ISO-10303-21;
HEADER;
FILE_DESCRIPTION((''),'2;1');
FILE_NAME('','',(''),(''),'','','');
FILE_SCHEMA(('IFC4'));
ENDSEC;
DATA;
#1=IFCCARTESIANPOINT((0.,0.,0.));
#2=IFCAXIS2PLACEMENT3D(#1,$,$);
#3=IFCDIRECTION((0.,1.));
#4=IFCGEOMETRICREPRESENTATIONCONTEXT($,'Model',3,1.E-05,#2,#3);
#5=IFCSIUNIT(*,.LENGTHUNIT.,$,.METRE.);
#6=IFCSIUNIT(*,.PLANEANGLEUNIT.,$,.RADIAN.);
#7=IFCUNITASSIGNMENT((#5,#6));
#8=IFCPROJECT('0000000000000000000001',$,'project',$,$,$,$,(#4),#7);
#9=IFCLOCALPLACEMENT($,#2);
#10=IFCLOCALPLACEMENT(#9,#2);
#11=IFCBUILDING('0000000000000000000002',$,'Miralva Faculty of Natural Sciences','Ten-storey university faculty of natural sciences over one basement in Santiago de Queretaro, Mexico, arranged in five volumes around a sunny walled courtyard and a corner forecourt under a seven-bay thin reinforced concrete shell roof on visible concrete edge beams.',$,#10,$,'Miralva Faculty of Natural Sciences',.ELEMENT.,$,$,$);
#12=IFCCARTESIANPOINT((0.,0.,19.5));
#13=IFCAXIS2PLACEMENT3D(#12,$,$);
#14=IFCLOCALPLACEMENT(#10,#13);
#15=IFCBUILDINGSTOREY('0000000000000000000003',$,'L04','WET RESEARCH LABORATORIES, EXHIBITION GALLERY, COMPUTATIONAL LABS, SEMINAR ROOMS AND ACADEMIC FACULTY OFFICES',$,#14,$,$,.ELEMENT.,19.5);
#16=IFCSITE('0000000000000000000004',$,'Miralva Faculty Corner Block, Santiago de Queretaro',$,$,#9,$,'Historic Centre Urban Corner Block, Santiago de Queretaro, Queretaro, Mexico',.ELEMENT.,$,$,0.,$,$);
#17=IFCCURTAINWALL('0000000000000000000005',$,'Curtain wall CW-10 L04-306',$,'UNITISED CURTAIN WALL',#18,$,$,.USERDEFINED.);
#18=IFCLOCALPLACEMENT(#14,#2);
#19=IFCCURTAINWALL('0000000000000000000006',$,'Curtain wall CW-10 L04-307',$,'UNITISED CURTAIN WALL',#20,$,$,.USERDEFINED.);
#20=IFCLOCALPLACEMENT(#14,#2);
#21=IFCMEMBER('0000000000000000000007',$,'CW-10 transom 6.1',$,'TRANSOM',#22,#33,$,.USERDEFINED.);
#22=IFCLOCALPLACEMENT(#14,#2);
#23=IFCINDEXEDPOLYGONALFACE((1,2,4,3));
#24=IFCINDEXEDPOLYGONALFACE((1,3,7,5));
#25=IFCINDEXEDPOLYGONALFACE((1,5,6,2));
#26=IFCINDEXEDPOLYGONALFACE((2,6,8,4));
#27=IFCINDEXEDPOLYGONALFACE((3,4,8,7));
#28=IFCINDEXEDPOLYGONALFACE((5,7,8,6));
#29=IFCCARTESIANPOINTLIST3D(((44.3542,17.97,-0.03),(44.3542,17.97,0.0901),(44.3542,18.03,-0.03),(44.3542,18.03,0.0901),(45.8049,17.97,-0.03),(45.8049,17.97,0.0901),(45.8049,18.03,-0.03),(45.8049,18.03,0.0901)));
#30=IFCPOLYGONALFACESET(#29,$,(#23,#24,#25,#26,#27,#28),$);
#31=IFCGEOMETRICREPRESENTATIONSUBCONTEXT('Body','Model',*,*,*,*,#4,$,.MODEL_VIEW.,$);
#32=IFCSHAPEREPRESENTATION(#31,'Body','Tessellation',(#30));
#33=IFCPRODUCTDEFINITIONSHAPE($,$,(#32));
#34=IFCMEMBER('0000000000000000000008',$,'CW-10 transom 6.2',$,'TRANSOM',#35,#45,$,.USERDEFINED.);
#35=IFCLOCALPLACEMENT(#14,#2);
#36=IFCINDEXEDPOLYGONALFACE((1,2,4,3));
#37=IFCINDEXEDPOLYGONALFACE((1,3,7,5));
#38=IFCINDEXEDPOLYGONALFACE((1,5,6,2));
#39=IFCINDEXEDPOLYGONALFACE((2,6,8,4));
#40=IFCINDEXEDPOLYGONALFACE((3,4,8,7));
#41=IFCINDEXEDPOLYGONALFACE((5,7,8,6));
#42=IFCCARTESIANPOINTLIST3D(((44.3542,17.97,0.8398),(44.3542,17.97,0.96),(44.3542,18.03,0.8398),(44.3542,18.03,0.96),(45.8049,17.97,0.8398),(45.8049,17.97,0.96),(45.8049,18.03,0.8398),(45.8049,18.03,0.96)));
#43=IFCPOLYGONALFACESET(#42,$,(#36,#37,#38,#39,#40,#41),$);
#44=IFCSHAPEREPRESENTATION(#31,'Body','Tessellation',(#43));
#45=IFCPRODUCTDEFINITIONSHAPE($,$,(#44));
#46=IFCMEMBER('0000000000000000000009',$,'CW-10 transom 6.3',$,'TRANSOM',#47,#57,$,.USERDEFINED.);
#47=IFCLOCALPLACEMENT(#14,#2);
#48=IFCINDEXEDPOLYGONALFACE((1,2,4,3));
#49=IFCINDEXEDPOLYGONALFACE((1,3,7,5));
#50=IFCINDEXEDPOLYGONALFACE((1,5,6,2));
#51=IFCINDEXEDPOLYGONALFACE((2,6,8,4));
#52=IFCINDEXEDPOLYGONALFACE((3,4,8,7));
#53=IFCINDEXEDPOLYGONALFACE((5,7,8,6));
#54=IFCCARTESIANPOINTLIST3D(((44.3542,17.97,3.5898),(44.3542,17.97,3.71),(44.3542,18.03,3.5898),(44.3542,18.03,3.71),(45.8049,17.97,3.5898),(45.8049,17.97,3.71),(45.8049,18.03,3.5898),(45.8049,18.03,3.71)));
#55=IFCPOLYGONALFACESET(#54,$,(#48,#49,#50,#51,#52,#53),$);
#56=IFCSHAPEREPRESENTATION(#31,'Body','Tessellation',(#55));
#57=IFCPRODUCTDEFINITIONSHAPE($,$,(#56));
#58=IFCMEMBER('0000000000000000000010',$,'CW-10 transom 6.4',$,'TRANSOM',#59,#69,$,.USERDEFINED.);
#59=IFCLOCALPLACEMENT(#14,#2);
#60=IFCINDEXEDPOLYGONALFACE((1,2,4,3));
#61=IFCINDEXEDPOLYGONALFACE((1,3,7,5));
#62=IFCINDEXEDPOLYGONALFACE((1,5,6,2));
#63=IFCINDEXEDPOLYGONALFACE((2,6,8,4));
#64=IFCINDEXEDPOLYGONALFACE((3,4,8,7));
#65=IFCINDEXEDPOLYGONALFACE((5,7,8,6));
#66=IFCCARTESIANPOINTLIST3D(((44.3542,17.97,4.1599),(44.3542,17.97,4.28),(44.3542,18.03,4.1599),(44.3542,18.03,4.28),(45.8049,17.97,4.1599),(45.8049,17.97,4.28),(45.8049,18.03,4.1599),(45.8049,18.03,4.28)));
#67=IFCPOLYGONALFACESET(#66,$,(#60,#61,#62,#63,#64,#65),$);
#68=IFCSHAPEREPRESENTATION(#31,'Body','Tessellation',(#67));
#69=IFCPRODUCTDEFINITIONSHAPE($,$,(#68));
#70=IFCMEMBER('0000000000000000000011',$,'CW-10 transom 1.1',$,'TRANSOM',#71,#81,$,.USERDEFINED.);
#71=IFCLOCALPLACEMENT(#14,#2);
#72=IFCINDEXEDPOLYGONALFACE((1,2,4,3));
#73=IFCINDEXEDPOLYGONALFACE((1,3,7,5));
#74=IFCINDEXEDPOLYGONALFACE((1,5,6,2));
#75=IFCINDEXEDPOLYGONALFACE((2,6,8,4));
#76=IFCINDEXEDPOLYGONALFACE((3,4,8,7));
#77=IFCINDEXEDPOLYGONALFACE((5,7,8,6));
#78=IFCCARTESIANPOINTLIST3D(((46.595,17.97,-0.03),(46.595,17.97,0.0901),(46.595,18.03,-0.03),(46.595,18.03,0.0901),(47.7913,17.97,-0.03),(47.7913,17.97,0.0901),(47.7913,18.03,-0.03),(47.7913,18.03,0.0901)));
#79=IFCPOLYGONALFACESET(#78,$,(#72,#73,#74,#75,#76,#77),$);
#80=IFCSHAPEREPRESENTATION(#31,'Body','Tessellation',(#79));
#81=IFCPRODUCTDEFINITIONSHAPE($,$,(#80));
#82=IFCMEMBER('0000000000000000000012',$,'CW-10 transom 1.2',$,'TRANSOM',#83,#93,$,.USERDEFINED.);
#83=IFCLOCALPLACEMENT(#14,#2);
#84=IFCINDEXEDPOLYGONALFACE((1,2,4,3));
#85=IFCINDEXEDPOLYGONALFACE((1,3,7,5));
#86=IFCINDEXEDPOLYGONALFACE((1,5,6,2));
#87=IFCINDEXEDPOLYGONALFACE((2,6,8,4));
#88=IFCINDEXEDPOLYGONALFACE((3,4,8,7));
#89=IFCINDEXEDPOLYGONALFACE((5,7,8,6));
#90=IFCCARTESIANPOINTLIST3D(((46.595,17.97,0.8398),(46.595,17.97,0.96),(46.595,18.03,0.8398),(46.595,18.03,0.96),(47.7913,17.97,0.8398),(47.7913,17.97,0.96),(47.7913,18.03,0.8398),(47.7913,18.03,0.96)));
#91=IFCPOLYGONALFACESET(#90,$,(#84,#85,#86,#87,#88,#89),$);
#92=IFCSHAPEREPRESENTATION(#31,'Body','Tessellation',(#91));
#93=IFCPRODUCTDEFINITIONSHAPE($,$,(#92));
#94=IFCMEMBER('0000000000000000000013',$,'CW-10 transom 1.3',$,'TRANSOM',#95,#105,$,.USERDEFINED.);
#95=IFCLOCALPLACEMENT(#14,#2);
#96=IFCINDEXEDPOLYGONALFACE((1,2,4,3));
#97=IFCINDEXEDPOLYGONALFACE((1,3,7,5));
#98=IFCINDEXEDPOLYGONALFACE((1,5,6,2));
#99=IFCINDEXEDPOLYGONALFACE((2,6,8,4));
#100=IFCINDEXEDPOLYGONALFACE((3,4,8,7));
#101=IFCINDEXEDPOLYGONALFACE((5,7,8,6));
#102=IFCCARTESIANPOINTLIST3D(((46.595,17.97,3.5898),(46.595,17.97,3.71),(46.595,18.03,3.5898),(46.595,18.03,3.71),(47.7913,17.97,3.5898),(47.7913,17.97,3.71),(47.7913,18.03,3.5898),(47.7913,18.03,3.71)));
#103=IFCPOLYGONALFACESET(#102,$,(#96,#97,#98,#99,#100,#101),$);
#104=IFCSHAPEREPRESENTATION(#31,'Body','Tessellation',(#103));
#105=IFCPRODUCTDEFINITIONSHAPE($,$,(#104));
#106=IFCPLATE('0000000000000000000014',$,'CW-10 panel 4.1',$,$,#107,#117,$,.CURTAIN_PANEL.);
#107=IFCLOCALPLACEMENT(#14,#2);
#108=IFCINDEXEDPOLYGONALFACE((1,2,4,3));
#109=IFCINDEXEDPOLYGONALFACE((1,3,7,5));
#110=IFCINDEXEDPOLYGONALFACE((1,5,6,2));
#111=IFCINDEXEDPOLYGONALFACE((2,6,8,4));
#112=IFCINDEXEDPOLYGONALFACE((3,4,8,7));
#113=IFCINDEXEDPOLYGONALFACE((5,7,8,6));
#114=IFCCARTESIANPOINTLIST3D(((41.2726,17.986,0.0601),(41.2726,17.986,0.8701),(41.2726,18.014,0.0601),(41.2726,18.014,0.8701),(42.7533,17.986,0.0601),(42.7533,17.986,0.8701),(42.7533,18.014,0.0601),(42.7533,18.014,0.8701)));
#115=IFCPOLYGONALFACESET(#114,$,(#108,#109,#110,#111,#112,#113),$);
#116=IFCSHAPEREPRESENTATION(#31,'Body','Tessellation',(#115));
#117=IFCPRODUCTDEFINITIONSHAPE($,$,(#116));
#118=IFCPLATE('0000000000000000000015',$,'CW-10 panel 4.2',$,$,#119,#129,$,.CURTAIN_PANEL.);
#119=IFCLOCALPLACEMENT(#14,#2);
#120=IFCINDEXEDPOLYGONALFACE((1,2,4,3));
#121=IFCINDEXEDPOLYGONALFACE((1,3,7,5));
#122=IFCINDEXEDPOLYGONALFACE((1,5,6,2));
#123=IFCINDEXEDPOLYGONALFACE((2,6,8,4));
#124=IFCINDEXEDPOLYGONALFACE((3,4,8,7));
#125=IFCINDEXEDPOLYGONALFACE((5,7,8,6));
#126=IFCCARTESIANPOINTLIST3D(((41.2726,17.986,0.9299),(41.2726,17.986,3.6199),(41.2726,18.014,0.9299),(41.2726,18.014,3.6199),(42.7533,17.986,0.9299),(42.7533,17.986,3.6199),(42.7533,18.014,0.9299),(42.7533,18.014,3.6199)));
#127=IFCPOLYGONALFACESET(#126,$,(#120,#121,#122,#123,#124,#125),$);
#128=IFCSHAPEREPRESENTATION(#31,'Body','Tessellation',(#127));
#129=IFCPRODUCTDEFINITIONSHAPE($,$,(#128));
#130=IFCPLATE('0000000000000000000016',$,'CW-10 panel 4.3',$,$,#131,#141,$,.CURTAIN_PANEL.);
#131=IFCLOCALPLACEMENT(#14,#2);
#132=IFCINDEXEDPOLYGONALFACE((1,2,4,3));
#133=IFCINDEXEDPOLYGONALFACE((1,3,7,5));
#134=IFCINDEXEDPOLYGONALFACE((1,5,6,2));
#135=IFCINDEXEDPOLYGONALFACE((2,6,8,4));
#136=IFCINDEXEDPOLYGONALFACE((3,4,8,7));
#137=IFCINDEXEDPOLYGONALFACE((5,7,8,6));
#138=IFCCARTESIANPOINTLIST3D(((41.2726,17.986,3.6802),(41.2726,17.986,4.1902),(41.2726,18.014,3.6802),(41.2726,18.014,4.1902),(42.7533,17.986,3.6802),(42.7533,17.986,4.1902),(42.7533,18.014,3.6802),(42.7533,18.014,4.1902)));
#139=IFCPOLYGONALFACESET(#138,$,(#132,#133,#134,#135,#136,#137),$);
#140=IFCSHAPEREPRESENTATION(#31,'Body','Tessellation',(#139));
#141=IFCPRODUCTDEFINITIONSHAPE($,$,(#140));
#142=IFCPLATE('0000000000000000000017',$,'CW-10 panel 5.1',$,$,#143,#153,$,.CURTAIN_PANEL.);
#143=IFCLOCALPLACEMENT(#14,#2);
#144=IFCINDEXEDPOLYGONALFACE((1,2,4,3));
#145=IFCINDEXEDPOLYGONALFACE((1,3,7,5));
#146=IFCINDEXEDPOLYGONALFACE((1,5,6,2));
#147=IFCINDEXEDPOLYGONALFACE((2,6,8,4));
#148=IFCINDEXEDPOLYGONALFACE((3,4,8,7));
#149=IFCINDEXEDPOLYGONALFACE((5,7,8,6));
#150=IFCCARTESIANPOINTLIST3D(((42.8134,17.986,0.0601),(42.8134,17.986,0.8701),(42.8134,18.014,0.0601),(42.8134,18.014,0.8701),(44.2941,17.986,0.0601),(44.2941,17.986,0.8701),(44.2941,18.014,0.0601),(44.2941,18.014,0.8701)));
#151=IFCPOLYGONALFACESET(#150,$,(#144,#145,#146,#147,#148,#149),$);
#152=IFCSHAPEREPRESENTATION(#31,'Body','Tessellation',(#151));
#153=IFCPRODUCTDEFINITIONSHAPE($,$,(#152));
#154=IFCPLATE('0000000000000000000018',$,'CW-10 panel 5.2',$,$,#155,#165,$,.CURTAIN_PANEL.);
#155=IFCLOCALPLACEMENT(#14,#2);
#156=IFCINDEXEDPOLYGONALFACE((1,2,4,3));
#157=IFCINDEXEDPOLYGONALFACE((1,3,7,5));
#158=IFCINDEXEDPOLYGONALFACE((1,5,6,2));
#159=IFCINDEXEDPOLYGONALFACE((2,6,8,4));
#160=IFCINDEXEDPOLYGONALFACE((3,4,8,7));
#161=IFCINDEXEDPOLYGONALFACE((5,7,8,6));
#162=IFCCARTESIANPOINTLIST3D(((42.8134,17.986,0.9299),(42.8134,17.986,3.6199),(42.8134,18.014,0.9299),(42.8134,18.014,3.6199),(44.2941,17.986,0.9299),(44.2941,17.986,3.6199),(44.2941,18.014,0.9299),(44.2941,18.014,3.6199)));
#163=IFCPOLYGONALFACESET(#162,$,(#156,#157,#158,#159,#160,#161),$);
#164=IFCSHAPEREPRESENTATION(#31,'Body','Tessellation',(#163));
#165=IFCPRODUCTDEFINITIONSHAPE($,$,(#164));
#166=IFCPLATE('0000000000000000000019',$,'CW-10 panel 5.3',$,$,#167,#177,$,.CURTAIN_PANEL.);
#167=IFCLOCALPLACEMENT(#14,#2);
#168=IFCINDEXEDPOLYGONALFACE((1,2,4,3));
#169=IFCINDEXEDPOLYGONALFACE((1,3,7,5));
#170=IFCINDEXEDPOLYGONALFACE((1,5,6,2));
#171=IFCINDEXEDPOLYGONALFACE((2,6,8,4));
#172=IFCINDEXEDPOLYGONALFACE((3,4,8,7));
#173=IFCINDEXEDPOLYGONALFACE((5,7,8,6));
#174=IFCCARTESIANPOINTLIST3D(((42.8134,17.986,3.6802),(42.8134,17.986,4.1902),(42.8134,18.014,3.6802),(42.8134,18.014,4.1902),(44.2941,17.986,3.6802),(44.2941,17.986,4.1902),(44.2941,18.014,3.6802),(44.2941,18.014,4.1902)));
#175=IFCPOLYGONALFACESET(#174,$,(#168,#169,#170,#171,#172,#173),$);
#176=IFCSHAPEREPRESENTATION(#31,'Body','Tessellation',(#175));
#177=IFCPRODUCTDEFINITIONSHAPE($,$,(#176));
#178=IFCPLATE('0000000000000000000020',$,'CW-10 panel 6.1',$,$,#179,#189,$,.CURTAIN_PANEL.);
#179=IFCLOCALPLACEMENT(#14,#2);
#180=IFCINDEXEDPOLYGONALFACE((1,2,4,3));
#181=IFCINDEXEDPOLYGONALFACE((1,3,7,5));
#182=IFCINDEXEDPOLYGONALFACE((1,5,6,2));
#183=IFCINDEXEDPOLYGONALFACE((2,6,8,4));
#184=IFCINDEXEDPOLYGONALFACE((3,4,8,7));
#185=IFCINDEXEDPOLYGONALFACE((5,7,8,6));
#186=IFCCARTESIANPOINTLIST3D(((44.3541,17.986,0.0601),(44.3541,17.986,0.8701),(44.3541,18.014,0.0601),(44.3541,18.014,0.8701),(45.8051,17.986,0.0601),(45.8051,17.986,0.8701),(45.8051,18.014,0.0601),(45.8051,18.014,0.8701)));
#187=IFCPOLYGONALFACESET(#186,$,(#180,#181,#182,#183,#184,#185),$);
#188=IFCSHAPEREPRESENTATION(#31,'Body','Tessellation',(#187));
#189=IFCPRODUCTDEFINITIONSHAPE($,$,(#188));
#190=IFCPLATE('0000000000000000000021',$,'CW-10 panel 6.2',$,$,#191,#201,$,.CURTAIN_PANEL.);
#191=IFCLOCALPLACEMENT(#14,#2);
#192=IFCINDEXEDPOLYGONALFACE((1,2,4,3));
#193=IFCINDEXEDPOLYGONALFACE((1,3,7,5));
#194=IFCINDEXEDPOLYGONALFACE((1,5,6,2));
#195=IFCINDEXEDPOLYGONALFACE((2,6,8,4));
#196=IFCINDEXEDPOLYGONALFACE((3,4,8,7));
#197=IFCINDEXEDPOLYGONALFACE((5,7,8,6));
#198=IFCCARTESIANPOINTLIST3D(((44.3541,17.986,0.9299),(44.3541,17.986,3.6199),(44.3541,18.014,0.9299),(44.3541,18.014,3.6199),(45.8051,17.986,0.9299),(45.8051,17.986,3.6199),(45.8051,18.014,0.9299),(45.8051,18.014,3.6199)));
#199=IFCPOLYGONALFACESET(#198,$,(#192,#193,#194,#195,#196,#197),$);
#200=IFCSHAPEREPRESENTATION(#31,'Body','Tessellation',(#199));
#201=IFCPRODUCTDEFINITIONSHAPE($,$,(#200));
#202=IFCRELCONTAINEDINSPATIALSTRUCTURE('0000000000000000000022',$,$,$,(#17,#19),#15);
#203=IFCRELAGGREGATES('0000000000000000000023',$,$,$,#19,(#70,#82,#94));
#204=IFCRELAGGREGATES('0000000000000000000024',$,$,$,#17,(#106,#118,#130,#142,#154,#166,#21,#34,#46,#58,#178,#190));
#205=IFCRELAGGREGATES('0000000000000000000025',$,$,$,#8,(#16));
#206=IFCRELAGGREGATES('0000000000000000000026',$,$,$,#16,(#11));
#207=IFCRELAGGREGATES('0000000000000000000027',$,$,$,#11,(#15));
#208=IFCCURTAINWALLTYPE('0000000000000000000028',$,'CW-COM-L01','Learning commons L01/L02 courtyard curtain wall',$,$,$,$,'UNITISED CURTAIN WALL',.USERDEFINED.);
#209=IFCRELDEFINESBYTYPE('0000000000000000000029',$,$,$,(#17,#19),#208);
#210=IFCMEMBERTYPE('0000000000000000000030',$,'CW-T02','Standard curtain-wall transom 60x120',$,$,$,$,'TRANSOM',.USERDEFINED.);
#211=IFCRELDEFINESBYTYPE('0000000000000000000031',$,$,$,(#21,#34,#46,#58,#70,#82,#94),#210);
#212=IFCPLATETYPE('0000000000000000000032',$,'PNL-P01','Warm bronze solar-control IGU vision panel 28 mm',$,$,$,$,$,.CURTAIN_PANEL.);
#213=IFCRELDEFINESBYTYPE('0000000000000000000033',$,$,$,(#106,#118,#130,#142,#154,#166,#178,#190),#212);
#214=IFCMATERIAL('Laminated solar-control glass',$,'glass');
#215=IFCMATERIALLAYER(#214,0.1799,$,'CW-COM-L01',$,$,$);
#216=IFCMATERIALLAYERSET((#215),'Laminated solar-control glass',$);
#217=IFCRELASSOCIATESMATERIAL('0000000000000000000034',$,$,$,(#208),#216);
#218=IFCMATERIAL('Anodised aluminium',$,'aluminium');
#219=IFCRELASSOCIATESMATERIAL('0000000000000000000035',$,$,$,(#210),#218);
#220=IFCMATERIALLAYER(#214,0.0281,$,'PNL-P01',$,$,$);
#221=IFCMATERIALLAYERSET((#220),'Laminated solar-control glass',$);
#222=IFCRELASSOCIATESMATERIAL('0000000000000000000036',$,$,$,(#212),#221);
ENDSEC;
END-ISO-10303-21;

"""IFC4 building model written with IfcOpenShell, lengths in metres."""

from ifc_helpers import new_model, si_unit, direction, frame, origin, origin_2d, place, context, subcontext, project, spatial, rectangle, extrude, material, layer, layer_set, material_profile, profile_set, type_object, element, aggregate, save


model = new_model("IFC4")

# Units and contexts
model_context = context("Model", 3, precision=1e-05, world=origin(), true_north=direction((0.0, 1.0)))
body_context = subcontext(model_context, "Body", "Model", "MODEL_VIEW")
ifc_project = project(units=[si_unit("LENGTHUNIT", "METRE"), si_unit("PLANEANGLEUNIT", "RADIAN")], contexts=[model_context])

# Site, building, storey
site_placement = place(None, origin())
site = spatial("IfcSite", under=ifc_project, at=site_placement, Name="Miralva Faculty Corner Block, Santiago de Queretaro", LongName="Historic Centre Urban Corner Block, Santiago de Queretaro, Queretaro, Mexico", CompositionType="ELEMENT", RefElevation=0.0)
building_placement = place(site_placement, origin())
building = spatial("IfcBuilding", under=site, at=building_placement, Name="Miralva Faculty of Natural Sciences", Description="Ten-storey university faculty of natural sciences over one basement in Santiago de Queretaro, Mexico, arranged in five volumes around a sunny walled courtyard and a corner forecourt under a seven-bay thin reinforced concrete shell roof on visible concrete edge beams.", LongName="Miralva Faculty of Natural Sciences", CompositionType="ELEMENT")
storey_placement = place(building_placement, frame((0.0, 0.0, 19.5)))
storey = spatial("IfcBuildingStorey", under=building, at=storey_placement, Name="L04", Description="WET RESEARCH LABORATORIES, EXHIBITION GALLERY, COMPUTATIONAL LABS, SEMINAR ROOMS AND ACADEMIC FACULTY OFFICES", CompositionType="ELEMENT", Elevation=19.5)

# Curtain wall
ifc_material_1 = material(Name="Laminated solar-control glass", Category="glass")
ifc_layer_1 = layer(ifc_material_1, 0.1799, Name="CW-COM-L01")
ifc_layer_set_1 = layer_set([ifc_layer_1], Name="Laminated solar-control glass")
curtain_wall_type = type_object("IfcCurtainWallType", Name="CW-COM-L01", Description="Learning commons L01/L02 courtyard curtain wall", ElementType="UNITISED CURTAIN WALL", PredefinedType="USERDEFINED", material=ifc_layer_set_1)
curtain_wall_1_placement = place(storey_placement, origin())
curtain_wall_1 = element("IfcCurtainWall", 1, at=curtain_wall_1_placement, inside=storey, type_object=curtain_wall_type, Name="Curtain wall CW-10 L04-306", ObjectType="UNITISED CURTAIN WALL", PredefinedType="USERDEFINED")
ifc_material_2 = material(Name="Anodised aluminium", Category="aluminium")

# Curtain wall
curtain_wall_2_placement = place(storey_placement, origin())
curtain_wall_2 = element("IfcCurtainWall", 2, at=curtain_wall_2_placement, inside=storey, type_object=curtain_wall_type, Name="Curtain wall CW-10 L04-307", ObjectType="UNITISED CURTAIN WALL", PredefinedType="USERDEFINED")

# Members
ifc_material_profile_1 = material_profile(ifc_material_2, rectangle(XDim=0.0601, YDim=0.1201, at=origin_2d()), Name="TRANSOM 60x120")
ifc_profile_set_1 = profile_set([ifc_material_profile_1], Name="Anodised aluminium")
member_type_1 = type_object("IfcMemberType", Name="CW-T02", Description="Standard curtain-wall transom 60x120", ElementType="TRANSOM", PredefinedType="USERDEFINED", material=ifc_profile_set_1)
member_1_placement = place(storey_placement, frame((44.3542, 18.0, 0.03), z_axis=(1.0, 0.0, 0.0), x_axis=(0.0, 1.0, 0.0)))
member_1 = element("IfcMember", 3, at=member_1_placement, type_object=member_type_1, Name="CW-10 transom 6.1", ObjectType="TRANSOM", PredefinedType="USERDEFINED", context=body_context, shape_type="SweptSolid", body=[
    extrude(rectangle(XDim=0.0601, YDim=0.1201, at=origin_2d()), origin(), (0.0, 0.0, 1.0), 1.4507),
])
member_2_placement = place(storey_placement, frame((44.3542, 18.0, 0.8999), z_axis=(1.0, 0.0, 0.0), x_axis=(0.0, 1.0, 0.0)))
member_2 = element("IfcMember", 4, at=member_2_placement, type_object=member_type_1, Name="CW-10 transom 6.2", ObjectType="TRANSOM", PredefinedType="USERDEFINED", context=body_context, shape_type="SweptSolid", body=[
    extrude(rectangle(XDim=0.0601, YDim=0.1201, at=origin_2d()), origin(), (0.0, 0.0, 1.0), 1.4507),
])
member_3_placement = place(storey_placement, frame((44.3542, 18.0, 3.6499), z_axis=(1.0, 0.0, 0.0), x_axis=(0.0, 1.0, 0.0)))
member_3 = element("IfcMember", 5, at=member_3_placement, type_object=member_type_1, Name="CW-10 transom 6.3", ObjectType="TRANSOM", PredefinedType="USERDEFINED", context=body_context, shape_type="SweptSolid", body=[
    extrude(rectangle(XDim=0.0601, YDim=0.1201, at=origin_2d()), origin(), (0.0, 0.0, 1.0), 1.4507),
])
member_4_placement = place(storey_placement, frame((44.3542, 18.0, 4.22), z_axis=(1.0, 0.0, 0.0), x_axis=(0.0, 1.0, 0.0)))
member_4 = element("IfcMember", 6, at=member_4_placement, type_object=member_type_1, Name="CW-10 transom 6.4", ObjectType="TRANSOM", PredefinedType="USERDEFINED", context=body_context, shape_type="SweptSolid", body=[
    extrude(rectangle(XDim=0.0601, YDim=0.1201, at=origin_2d()), origin(), (0.0, 0.0, 1.0), 1.4507),
])
member_5_placement = place(storey_placement, frame((46.595, 18.0, 0.03), z_axis=(1.0, 0.0, 0.0), x_axis=(0.0, 1.0, 0.0)))
member_5 = element("IfcMember", 7, at=member_5_placement, type_object=member_type_1, Name="CW-10 transom 1.1", ObjectType="TRANSOM", PredefinedType="USERDEFINED", context=body_context, shape_type="SweptSolid", body=[
    extrude(rectangle(XDim=0.0601, YDim=0.1201, at=origin_2d()), origin(), (0.0, 0.0, 1.0), 1.1963),
])
member_6_placement = place(storey_placement, frame((46.595, 18.0, 0.8999), z_axis=(1.0, 0.0, 0.0), x_axis=(0.0, 1.0, 0.0)))
member_6 = element("IfcMember", 8, at=member_6_placement, type_object=member_type_1, Name="CW-10 transom 1.2", ObjectType="TRANSOM", PredefinedType="USERDEFINED", context=body_context, shape_type="SweptSolid", body=[
    extrude(rectangle(XDim=0.0601, YDim=0.1201, at=origin_2d()), origin(), (0.0, 0.0, 1.0), 1.1963),
])
member_7_placement = place(storey_placement, frame((46.595, 18.0, 3.6499), z_axis=(1.0, 0.0, 0.0), x_axis=(0.0, 1.0, 0.0)))
member_7 = element("IfcMember", 9, at=member_7_placement, type_object=member_type_1, Name="CW-10 transom 1.3", ObjectType="TRANSOM", PredefinedType="USERDEFINED", context=body_context, shape_type="SweptSolid", body=[
    extrude(rectangle(XDim=0.0601, YDim=0.1201, at=origin_2d()), origin(), (0.0, 0.0, 1.0), 1.1963),
])
aggregate(curtain_wall_2, [member_5, member_6, member_7])

# Plates
ifc_layer_2 = layer(ifc_material_1, 0.0281, Name="PNL-P01")
ifc_layer_set_2 = layer_set([ifc_layer_2], Name="Laminated solar-control glass")
plate_type = type_object("IfcPlateType", Name="PNL-P01", Description="Warm bronze solar-control IGU vision panel 28 mm", PredefinedType="CURTAIN_PANEL", material=ifc_layer_set_2)
plate_1_placement = place(storey_placement, frame((42.0129, 18.0, 0.0601), z_axis=(0.0, 0.0, 1.0), x_axis=(1.0, 0.0, 0.0)))
plate_1 = element("IfcPlate", 10, at=plate_1_placement, type_object=plate_type, Name="CW-10 panel 4.1", PredefinedType="CURTAIN_PANEL", context=body_context, shape_type="SweptSolid", body=[
    extrude(rectangle(XDim=1.4807, YDim=0.0281, at=origin_2d()), origin(), (0.0, 0.0, 1.0), 0.8101),
])
plate_2_placement = place(storey_placement, frame((42.0129, 18.0, 0.9299), z_axis=(0.0, 0.0, 1.0), x_axis=(1.0, 0.0, 0.0)))
plate_2 = element("IfcPlate", 11, at=plate_2_placement, type_object=plate_type, Name="CW-10 panel 4.2", PredefinedType="CURTAIN_PANEL", context=body_context, shape_type="SweptSolid", body=[
    extrude(rectangle(XDim=1.4807, YDim=0.0281, at=origin_2d()), origin(), (0.0, 0.0, 1.0), 2.6899),
])
plate_3_placement = place(storey_placement, frame((42.0129, 18.0, 3.6802), z_axis=(0.0, 0.0, 1.0), x_axis=(1.0, 0.0, 0.0)))
plate_3 = element("IfcPlate", 12, at=plate_3_placement, type_object=plate_type, Name="CW-10 panel 4.3", PredefinedType="CURTAIN_PANEL", context=body_context, shape_type="SweptSolid", body=[
    extrude(rectangle(XDim=1.4807, YDim=0.0281, at=origin_2d()), origin(), (0.0, 0.0, 1.0), 0.51),
])
plate_4_placement = place(storey_placement, frame((43.5537, 18.0, 0.0601), z_axis=(0.0, 0.0, 1.0), x_axis=(1.0, 0.0, 0.0)))
plate_4 = element("IfcPlate", 13, at=plate_4_placement, type_object=plate_type, Name="CW-10 panel 5.1", PredefinedType="CURTAIN_PANEL", context=body_context, shape_type="SweptSolid", body=[
    extrude(rectangle(XDim=1.4807, YDim=0.0281, at=origin_2d()), origin(), (0.0, 0.0, 1.0), 0.8101),
])
plate_5_placement = place(storey_placement, frame((43.5537, 18.0, 0.9299), z_axis=(0.0, 0.0, 1.0), x_axis=(1.0, 0.0, 0.0)))
plate_5 = element("IfcPlate", 14, at=plate_5_placement, type_object=plate_type, Name="CW-10 panel 5.2", PredefinedType="CURTAIN_PANEL", context=body_context, shape_type="SweptSolid", body=[
    extrude(rectangle(XDim=1.4807, YDim=0.0281, at=origin_2d()), origin(), (0.0, 0.0, 1.0), 2.6899),
])
plate_6_placement = place(storey_placement, frame((43.5537, 18.0, 3.6802), z_axis=(0.0, 0.0, 1.0), x_axis=(1.0, 0.0, 0.0)))
plate_6 = element("IfcPlate", 15, at=plate_6_placement, type_object=plate_type, Name="CW-10 panel 5.3", PredefinedType="CURTAIN_PANEL", context=body_context, shape_type="SweptSolid", body=[
    extrude(rectangle(XDim=1.4807, YDim=0.0281, at=origin_2d()), origin(), (0.0, 0.0, 1.0), 0.51),
])
plate_7_placement = place(storey_placement, frame((45.0796, 18.0, 0.0601), z_axis=(0.0, 0.0, 1.0), x_axis=(1.0, 0.0, 0.0)))
plate_7 = element("IfcPlate", 16, at=plate_7_placement, type_object=plate_type, Name="CW-10 panel 6.1", PredefinedType="CURTAIN_PANEL", context=body_context, shape_type="SweptSolid", body=[
    extrude(rectangle(XDim=1.4509, YDim=0.0281, at=origin_2d()), origin(), (0.0, 0.0, 1.0), 0.8101),
])
plate_8_placement = place(storey_placement, frame((45.0796, 18.0, 0.9299), z_axis=(0.0, 0.0, 1.0), x_axis=(1.0, 0.0, 0.0)))
plate_8 = element("IfcPlate", 17, at=plate_8_placement, type_object=plate_type, Name="CW-10 panel 6.2", PredefinedType="CURTAIN_PANEL", context=body_context, shape_type="SweptSolid", body=[
    extrude(rectangle(XDim=1.4509, YDim=0.0281, at=origin_2d()), origin(), (0.0, 0.0, 1.0), 2.6899),
])
aggregate(curtain_wall_1, [plate_1, plate_2, plate_3, plate_4, plate_5, plate_6, member_1, member_2, member_3, member_4, plate_7, plate_8])

save(model, "model.ifc")
